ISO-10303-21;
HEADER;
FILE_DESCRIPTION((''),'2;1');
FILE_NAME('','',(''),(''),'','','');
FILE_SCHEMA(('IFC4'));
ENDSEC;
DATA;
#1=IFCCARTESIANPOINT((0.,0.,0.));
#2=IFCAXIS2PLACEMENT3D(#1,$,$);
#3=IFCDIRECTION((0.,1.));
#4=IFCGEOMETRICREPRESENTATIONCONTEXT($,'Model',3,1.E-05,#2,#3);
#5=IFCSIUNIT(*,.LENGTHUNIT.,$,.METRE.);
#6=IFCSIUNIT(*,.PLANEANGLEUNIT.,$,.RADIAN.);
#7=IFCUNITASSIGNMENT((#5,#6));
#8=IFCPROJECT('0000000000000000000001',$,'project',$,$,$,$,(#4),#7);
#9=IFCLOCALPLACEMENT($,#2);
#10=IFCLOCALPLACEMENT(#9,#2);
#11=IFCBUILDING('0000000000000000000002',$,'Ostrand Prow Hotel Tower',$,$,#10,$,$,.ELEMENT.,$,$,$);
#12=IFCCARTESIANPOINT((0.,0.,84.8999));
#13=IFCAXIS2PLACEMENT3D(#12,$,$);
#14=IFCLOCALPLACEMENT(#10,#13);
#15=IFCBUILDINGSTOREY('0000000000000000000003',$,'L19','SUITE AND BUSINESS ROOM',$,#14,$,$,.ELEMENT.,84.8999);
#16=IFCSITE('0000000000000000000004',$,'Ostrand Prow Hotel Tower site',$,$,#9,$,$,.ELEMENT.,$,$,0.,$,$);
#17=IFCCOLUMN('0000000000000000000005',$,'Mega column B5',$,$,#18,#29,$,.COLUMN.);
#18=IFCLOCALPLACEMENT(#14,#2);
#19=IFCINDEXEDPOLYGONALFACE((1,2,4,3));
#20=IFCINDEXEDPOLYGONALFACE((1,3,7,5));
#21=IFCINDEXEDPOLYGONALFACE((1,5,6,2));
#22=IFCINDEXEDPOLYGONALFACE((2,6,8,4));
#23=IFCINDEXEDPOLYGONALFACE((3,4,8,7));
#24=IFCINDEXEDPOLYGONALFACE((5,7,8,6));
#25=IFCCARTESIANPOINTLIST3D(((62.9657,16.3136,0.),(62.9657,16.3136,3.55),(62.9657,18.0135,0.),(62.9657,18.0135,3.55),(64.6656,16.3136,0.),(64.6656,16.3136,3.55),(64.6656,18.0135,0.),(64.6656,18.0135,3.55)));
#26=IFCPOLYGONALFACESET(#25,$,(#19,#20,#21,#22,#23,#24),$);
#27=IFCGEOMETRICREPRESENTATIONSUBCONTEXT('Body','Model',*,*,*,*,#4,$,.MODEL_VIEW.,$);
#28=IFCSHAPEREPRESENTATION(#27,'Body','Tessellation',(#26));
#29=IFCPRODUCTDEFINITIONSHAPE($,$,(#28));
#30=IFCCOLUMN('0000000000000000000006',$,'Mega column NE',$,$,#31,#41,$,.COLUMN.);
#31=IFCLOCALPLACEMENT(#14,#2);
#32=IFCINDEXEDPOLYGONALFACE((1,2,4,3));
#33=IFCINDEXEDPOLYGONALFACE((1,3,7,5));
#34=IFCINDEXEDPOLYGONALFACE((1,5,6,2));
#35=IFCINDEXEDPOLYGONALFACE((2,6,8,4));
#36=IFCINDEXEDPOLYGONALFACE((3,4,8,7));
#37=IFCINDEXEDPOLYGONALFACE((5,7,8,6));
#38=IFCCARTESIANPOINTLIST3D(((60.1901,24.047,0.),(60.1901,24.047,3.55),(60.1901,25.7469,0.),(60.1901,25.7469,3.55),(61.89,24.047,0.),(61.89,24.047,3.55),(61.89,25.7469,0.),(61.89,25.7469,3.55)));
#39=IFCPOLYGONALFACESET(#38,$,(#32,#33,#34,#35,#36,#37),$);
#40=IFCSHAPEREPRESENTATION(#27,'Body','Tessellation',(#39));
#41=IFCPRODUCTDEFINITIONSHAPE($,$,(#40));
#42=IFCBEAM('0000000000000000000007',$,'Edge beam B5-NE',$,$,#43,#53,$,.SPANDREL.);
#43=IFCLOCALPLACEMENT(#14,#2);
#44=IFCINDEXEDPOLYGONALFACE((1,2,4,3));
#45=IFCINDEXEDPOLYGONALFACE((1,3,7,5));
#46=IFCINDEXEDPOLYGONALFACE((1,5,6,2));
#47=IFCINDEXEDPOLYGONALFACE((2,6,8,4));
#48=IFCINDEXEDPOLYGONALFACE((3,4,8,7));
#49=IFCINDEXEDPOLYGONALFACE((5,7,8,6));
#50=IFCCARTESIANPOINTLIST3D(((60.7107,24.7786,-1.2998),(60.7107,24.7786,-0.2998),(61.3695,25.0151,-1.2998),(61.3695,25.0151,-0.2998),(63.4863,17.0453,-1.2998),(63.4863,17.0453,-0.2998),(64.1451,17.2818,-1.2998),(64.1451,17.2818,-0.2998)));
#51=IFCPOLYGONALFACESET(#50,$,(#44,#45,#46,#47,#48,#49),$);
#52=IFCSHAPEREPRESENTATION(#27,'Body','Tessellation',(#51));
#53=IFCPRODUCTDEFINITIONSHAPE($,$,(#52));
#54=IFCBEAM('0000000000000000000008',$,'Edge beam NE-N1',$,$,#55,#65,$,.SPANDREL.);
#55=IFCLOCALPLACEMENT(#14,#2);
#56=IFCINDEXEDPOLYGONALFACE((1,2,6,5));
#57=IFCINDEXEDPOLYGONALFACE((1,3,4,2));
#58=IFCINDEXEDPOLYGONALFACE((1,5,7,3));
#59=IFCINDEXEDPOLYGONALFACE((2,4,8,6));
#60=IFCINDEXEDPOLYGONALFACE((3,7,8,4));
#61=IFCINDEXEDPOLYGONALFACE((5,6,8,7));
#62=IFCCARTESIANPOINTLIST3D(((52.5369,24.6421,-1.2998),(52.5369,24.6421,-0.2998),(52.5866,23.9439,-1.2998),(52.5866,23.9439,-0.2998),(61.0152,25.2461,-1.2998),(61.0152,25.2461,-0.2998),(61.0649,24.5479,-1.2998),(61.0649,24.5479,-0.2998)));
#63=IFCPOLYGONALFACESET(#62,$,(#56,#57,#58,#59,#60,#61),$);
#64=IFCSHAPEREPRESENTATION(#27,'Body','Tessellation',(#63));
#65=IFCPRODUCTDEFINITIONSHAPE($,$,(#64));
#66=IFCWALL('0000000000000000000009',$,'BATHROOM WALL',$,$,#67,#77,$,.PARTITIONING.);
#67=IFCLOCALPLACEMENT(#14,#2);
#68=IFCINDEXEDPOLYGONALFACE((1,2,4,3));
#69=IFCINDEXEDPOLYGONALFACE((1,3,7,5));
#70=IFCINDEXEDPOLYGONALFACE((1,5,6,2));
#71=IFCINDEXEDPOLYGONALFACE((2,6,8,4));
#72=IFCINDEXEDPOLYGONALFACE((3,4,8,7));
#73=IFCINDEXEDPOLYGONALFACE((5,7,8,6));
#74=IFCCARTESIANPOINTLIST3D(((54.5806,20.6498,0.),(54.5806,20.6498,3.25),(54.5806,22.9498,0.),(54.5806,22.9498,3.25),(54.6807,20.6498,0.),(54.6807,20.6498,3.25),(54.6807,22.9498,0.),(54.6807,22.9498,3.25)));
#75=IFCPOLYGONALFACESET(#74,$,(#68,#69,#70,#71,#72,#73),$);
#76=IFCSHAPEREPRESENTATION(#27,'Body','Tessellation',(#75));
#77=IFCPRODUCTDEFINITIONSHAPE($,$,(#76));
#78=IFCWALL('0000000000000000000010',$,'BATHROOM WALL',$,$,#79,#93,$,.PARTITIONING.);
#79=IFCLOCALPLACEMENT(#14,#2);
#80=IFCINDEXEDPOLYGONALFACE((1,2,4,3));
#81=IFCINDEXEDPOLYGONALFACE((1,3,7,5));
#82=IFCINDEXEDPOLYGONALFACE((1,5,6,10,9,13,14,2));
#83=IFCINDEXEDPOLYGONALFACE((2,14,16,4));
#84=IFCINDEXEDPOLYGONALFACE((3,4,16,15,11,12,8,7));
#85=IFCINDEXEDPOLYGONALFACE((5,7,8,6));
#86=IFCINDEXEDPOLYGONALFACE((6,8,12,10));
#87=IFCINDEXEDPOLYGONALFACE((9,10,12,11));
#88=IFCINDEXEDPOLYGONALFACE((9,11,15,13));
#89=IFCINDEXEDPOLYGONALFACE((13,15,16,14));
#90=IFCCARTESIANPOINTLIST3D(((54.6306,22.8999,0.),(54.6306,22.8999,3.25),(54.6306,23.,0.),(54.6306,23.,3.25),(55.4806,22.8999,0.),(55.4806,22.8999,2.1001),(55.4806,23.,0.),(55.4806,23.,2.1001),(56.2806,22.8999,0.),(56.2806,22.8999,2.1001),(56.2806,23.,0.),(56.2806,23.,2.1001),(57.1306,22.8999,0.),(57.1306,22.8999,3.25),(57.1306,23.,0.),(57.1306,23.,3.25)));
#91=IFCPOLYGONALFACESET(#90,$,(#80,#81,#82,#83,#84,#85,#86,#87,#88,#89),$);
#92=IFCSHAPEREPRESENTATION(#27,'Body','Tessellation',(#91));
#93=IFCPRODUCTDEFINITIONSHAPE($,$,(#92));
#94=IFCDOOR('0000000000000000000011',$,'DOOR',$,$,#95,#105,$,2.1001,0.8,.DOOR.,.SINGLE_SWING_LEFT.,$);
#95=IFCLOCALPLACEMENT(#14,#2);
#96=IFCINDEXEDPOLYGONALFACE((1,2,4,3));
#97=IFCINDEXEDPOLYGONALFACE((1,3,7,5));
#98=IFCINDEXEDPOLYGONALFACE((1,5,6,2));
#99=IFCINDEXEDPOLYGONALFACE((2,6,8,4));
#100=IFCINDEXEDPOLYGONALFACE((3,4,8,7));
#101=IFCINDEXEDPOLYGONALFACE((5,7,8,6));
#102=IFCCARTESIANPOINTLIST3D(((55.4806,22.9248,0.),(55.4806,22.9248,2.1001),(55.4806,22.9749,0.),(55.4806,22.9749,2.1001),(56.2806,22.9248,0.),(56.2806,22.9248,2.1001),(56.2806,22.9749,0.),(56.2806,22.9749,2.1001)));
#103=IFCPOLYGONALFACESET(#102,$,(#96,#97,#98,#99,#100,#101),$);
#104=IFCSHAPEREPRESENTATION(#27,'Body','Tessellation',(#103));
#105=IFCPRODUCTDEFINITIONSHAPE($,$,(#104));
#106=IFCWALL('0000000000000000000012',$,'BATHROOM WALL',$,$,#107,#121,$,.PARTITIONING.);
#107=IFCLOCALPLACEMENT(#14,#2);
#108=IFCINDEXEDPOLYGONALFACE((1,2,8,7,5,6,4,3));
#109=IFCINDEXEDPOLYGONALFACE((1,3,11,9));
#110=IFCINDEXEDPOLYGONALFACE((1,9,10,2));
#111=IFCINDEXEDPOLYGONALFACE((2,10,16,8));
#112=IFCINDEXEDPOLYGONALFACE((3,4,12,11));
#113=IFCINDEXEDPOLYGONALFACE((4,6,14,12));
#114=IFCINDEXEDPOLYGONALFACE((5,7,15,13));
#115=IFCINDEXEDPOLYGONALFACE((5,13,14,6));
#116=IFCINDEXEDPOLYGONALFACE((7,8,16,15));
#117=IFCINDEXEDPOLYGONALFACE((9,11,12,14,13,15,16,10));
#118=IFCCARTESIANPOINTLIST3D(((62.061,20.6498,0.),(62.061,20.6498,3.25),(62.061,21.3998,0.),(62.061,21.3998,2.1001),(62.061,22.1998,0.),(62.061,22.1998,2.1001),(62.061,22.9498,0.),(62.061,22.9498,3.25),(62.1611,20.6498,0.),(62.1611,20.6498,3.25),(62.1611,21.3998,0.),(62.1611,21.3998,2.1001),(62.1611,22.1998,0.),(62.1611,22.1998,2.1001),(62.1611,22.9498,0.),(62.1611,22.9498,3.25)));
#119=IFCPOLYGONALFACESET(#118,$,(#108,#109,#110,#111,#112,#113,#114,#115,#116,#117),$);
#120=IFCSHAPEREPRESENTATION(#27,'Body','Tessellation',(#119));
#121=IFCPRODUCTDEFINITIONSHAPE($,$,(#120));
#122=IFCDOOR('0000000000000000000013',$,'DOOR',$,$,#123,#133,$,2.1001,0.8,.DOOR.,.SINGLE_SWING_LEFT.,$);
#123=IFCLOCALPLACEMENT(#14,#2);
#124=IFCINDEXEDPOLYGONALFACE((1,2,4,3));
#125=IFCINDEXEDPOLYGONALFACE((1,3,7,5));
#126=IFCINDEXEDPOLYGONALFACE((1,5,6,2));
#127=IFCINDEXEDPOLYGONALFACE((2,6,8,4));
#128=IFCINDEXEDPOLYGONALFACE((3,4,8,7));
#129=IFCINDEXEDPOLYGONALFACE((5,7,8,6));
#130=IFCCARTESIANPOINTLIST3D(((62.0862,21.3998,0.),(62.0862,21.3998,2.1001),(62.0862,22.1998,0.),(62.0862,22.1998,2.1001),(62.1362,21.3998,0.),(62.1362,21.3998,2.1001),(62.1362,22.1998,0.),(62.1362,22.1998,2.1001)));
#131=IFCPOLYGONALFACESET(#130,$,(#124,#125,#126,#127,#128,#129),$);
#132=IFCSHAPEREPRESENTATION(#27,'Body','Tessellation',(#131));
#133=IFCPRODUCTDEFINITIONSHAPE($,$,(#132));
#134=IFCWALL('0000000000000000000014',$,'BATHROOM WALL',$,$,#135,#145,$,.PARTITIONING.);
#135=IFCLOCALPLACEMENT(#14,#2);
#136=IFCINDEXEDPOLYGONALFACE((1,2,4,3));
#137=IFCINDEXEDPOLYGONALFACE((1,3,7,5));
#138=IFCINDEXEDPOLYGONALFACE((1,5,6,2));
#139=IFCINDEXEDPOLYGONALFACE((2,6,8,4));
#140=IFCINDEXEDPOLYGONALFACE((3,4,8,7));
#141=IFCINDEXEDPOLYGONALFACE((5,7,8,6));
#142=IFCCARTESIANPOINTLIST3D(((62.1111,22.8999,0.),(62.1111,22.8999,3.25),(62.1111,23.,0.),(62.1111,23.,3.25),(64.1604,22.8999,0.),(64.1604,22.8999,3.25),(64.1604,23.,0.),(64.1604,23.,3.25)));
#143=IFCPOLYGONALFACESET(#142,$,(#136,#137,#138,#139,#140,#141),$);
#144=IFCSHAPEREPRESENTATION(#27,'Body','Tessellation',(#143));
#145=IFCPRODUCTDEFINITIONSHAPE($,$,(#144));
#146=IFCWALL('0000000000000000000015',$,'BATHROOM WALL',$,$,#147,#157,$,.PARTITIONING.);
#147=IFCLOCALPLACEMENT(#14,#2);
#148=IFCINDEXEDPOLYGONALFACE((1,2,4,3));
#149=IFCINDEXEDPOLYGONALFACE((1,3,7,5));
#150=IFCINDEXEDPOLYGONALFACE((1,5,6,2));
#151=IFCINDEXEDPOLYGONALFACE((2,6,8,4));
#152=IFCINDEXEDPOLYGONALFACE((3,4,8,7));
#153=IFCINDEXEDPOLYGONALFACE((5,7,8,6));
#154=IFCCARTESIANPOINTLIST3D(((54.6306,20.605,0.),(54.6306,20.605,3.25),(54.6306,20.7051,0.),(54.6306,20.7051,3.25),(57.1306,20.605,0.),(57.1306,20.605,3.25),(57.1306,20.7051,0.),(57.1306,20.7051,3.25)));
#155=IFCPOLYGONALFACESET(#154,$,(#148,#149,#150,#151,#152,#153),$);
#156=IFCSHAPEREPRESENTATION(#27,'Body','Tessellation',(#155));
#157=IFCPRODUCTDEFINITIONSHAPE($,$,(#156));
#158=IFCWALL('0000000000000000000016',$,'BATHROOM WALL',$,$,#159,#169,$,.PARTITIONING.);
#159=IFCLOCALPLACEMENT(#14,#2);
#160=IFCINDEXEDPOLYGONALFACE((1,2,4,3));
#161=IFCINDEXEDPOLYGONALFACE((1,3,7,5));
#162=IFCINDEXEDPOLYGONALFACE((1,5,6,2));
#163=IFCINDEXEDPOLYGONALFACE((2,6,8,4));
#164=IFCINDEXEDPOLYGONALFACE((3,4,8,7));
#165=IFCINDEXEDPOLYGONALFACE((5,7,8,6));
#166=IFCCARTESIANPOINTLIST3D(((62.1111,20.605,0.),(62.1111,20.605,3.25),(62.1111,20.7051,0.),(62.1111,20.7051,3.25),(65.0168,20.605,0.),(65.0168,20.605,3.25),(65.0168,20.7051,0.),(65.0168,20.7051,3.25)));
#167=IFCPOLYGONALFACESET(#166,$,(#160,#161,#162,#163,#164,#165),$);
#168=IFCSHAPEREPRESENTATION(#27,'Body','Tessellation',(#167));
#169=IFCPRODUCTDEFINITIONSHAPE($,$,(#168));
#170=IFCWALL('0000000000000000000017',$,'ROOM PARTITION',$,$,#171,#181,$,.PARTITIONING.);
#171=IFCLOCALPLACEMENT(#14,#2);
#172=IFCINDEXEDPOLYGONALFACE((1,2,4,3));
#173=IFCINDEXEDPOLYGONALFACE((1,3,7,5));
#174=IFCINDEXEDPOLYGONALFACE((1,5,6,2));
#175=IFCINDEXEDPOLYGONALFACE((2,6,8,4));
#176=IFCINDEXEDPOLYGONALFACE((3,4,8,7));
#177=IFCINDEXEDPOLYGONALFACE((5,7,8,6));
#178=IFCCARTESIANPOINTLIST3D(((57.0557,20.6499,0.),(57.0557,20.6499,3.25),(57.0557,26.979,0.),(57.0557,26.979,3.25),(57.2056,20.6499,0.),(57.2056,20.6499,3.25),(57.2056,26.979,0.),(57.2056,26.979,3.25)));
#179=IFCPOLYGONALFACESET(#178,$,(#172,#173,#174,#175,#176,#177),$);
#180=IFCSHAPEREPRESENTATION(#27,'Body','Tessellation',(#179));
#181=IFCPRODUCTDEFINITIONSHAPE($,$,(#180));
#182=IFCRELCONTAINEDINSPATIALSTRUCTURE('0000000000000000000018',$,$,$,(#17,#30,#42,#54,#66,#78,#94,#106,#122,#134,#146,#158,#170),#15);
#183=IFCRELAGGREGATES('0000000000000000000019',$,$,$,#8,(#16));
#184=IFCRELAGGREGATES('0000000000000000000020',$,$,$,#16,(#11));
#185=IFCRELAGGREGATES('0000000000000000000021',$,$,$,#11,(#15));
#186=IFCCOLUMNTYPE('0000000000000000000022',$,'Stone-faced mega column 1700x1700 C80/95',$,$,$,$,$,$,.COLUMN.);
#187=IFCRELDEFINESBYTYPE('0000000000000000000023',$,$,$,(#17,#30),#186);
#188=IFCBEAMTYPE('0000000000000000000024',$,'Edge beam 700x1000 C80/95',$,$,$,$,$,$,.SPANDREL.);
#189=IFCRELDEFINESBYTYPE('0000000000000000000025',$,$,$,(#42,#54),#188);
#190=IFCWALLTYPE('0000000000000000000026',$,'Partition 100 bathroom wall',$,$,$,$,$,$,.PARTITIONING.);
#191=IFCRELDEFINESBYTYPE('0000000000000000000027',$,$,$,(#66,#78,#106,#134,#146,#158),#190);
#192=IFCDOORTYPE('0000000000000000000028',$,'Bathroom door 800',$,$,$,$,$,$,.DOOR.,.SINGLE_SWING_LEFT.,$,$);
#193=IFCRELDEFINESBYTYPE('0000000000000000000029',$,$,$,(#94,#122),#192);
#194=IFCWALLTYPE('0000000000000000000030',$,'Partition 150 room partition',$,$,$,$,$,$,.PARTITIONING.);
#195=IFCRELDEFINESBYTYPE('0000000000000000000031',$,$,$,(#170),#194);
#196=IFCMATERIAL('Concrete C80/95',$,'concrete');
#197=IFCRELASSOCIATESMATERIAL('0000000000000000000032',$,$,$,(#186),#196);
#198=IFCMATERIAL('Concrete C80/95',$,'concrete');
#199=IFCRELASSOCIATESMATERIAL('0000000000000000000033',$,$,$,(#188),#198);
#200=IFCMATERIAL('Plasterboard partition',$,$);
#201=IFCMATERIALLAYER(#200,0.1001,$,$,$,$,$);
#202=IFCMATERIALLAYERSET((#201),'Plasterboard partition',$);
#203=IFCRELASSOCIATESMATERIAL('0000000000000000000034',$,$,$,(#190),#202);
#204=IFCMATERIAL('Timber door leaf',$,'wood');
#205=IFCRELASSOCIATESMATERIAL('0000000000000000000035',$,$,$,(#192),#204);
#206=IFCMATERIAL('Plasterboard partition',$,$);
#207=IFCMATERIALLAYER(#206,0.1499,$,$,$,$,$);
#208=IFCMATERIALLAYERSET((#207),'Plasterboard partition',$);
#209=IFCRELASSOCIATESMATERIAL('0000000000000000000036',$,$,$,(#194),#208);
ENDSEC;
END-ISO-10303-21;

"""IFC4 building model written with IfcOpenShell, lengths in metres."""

from ifc_helpers import new_model, si_unit, direction, frame, frame_2d, origin, origin_2d, place, context, subcontext, project, spatial, rectangle, extrude, material, layer, layer_set, material_profile, profile_set, type_object, element, fill, save


model = new_model("IFC4")

# Units and contexts
model_context = context("Model", 3, precision=1e-05, world=origin(), true_north=direction((0.0, 1.0)))
body_context = subcontext(model_context, "Body", "Model", "MODEL_VIEW")
ifc_project = project(units=[si_unit("LENGTHUNIT", "METRE"), si_unit("PLANEANGLEUNIT", "RADIAN")], contexts=[model_context])

# Site, building, storey
site_placement = place(None, origin())
site = spatial("IfcSite", under=ifc_project, at=site_placement, Name="Ostrand Prow Hotel Tower site", CompositionType="ELEMENT", RefElevation=0.0)
building_placement = place(site_placement, origin())
building = spatial("IfcBuilding", under=site, at=building_placement, Name="Ostrand Prow Hotel Tower", CompositionType="ELEMENT")
storey_placement = place(building_placement, frame((0.0, 0.0, 84.8999)))
storey = spatial("IfcBuildingStorey", under=building, at=storey_placement, Name="L19", Description="SUITE AND BUSINESS ROOM", CompositionType="ELEMENT", Elevation=84.8999)

# Columns
ifc_material_1 = material(Name="Concrete C80/95", Category="concrete")
ifc_material_profile_1 = material_profile(ifc_material_1, rectangle(XDim=1.7, YDim=1.7, at=origin_2d()), Name="RC 1700x1700")
ifc_profile_set_1 = profile_set([ifc_material_profile_1], Name="Concrete C80/95")
column_type = type_object("IfcColumnType", Name="Stone-faced mega column 1700x1700 C80/95", PredefinedType="COLUMN", material=ifc_profile_set_1)
for number, where, z_axis, x_axis, name in (
    (1, (63.8157, 17.1636, 0.0), (0.0, 0.0, 1.0), (1.0, 0.0, 0.0), "Mega column B5"),
    (2, (61.04, 24.897, 0.0), (0.0, 0.0, 1.0), (1.0, 0.0, 0.0), "Mega column NE"),
):
    element("IfcColumn", number, at=place(storey_placement, frame(where, z_axis=z_axis, x_axis=x_axis)), inside=storey, type_object=column_type, Name=name, PredefinedType="COLUMN", context=body_context, shape_type="SweptSolid", body=[
        extrude(rectangle(XDim=1.7, YDim=1.7, at=origin_2d()), origin(), (0.0, 0.0, 1.0), 3.55),
    ])

# Beams
ifc_material_2 = material(Name="Concrete C80/95", Category="concrete")
ifc_material_profile_2 = material_profile(ifc_material_2, rectangle(XDim=0.7, YDim=1.0, at=origin_2d()), Name="RC 700x1000")
ifc_profile_set_2 = profile_set([ifc_material_profile_2], Name="Concrete C80/95")
beam_type = type_object("IfcBeamType", Name="Edge beam 700x1000 C80/95", PredefinedType="SPANDREL", material=ifc_profile_set_2)
beam_1_placement = place(storey_placement, frame((63.8157, 17.1636, -0.7998), z_axis=(-0.337815, 0.941212, 0.0), x_axis=(-0.941212, -0.337815, 0.0)))
element("IfcBeam", 3, at=beam_1_placement, inside=storey, type_object=beam_type, Name="Edge beam B5-NE", PredefinedType="SPANDREL", context=body_context, shape_type="SweptSolid", body=[
    extrude(rectangle(XDim=0.7, YDim=1.0, at=origin_2d()), origin(), (0.0, 0.0, 1.0), 8.2163),
])
beam_2_placement = place(storey_placement, frame((61.04, 24.897, -0.7998), z_axis=(-0.997472, -0.071061, 0.0), x_axis=(0.071061, -0.997472, 0.0)))
element("IfcBeam", 4, at=beam_2_placement, inside=storey, type_object=beam_type, Name="Edge beam NE-N1", PredefinedType="SPANDREL", context=body_context, shape_type="SweptSolid", body=[
    extrude(rectangle(XDim=0.7, YDim=1.0, at=origin_2d()), origin(), (0.0, 0.0, 1.0), 8.4998),
])

# Wall
ifc_material_3 = material(Name="Plasterboard partition")
ifc_layer_1 = layer(ifc_material_3, 0.1001)
ifc_layer_set_1 = layer_set([ifc_layer_1], Name="Plasterboard partition")
wall_type_1 = type_object("IfcWallType", Name="Partition 100 bathroom wall", PredefinedType="PARTITIONING", material=ifc_layer_set_1)
wall_1_placement = place(storey_placement, frame((54.6306, 20.6499, 0.0), z_axis=(0.0, 0.0, 1.0), x_axis=(0.0, 1.0, 0.0)))
element("IfcWall", 5, at=wall_1_placement, inside=storey, type_object=wall_type_1, Name="BATHROOM WALL", PredefinedType="PARTITIONING", context=body_context, shape_type="SweptSolid", body=[
    extrude(rectangle(XDim=2.3, YDim=0.1001, at=frame_2d((1.1499, 0.0))), origin(), (0.0, 0.0, 1.0), 3.25),
])

# Walls, openings, doors
wall_2_placement = place(storey_placement, frame((54.6306, 22.95, 0.0), z_axis=(0.0, 0.0, 1.0), x_axis=(1.0, 0.0, 0.0)))
wall_2 = element("IfcWall", 6, at=wall_2_placement, inside=storey, type_object=wall_type_1, Name="BATHROOM WALL", PredefinedType="PARTITIONING", context=body_context, shape_type="SweptSolid", body=[
    extrude(rectangle(XDim=2.5, YDim=0.1001, at=frame_2d((1.25, 0.0))), origin(), (0.0, 0.0, 1.0), 3.25),
])
opening_1_placement = place(wall_2_placement, frame((0.8501, 0.0, 0.0)))
opening_1 = element("IfcOpeningElement", 7, at=opening_1_placement, cuts=wall_2, PredefinedType="OPENING", context=body_context, shape_type="SweptSolid", body=[
    extrude(rectangle(XDim=0.8, YDim=2.1001, at=frame_2d((0.3999, 1.05))), frame((0.0, 0.0601, 0.0), z_axis=(0.0, -1.0, 0.0), x_axis=(1.0, 0.0, 0.0)), (0.0, 0.0, 1.0), 0.1201),
])
ifc_material_4 = material(Name="Timber door leaf", Category="wood")
door_type_1 = type_object("IfcDoorType", Name="Bathroom door 800", OperationType="SINGLE_SWING_LEFT", PredefinedType="DOOR", material=ifc_material_4)
door_1_placement = place(opening_1_placement, origin())
door_1 = element("IfcDoor", 8, at=door_1_placement, inside=storey, type_object=door_type_1, Name="DOOR", OperationType="SINGLE_SWING_LEFT", OverallHeight=2.1001, OverallWidth=0.8, PredefinedType="DOOR", context=body_context, shape_type="SweptSolid", body=[
    extrude(rectangle(XDim=0.8, YDim=2.1001, at=frame_2d((0.3999, 1.05))), frame((0.0, 0.0249, 0.0), z_axis=(0.0, -1.0, 0.0), x_axis=(1.0, 0.0, 0.0)), (0.0, 0.0, 1.0), 0.05),
])
fill(opening_1, door_1)
wall_3_placement = place(storey_placement, frame((62.1111, 20.6499, 0.0), z_axis=(0.0, 0.0, 1.0), x_axis=(0.0, 1.0, 0.0)))
wall_3 = element("IfcWall", 9, at=wall_3_placement, inside=storey, type_object=wall_type_1, Name="BATHROOM WALL", PredefinedType="PARTITIONING", context=body_context, shape_type="SweptSolid", body=[
    extrude(rectangle(XDim=2.3, YDim=0.1001, at=frame_2d((1.1499, 0.0))), origin(), (0.0, 0.0, 1.0), 3.25),
])
opening_2_placement = place(wall_3_placement, frame((0.75, 0.0, 0.0)))
opening_2 = element("IfcOpeningElement", 10, at=opening_2_placement, cuts=wall_3, PredefinedType="OPENING", context=body_context, shape_type="SweptSolid", body=[
    extrude(rectangle(XDim=0.8, YDim=2.1001, at=frame_2d((0.3999, 1.05))), frame((0.0, 0.0601, 0.0), z_axis=(0.0, -1.0, 0.0), x_axis=(1.0, 0.0, 0.0)), (0.0, 0.0, 1.0), 0.1201),
])
door_2_placement = place(opening_2_placement, origin())
door_2 = element("IfcDoor", 11, at=door_2_placement, inside=storey, type_object=door_type_1, Name="DOOR", OperationType="SINGLE_SWING_LEFT", OverallHeight=2.1001, OverallWidth=0.8, PredefinedType="DOOR", context=body_context, shape_type="SweptSolid", body=[
    extrude(rectangle(XDim=0.8, YDim=2.1001, at=frame_2d((0.3999, 1.05))), frame((0.0, 0.0249, 0.0), z_axis=(0.0, -1.0, 0.0), x_axis=(1.0, 0.0, 0.0)), (0.0, 0.0, 1.0), 0.05),
])
fill(opening_2, door_2)

# Walls
wall_4_placement = place(storey_placement, frame((62.1111, 22.95, 0.0), z_axis=(0.0, 0.0, 1.0), x_axis=(1.0, 0.0, 0.0)))
element("IfcWall", 12, at=wall_4_placement, inside=storey, type_object=wall_type_1, Name="BATHROOM WALL", PredefinedType="PARTITIONING", context=body_context, shape_type="SweptSolid", body=[
    extrude(rectangle(XDim=2.0493, YDim=0.1001, at=frame_2d((1.0247, 0.0))), origin(), (0.0, 0.0, 1.0), 3.25),
])
wall_5_placement = place(storey_placement, frame((57.1306, 20.655, 0.0), z_axis=(0.0, 0.0, 1.0), x_axis=(-1.0, 0.0, 0.0)))
element("IfcWall", 13, at=wall_5_placement, inside=storey, type_object=wall_type_1, Name="BATHROOM WALL", PredefinedType="PARTITIONING", context=body_context, shape_type="SweptSolid", body=[
    extrude(rectangle(XDim=2.5, YDim=0.1001, at=frame_2d((1.25, 0.0))), origin(), (0.0, 0.0, 1.0), 3.25),
])
wall_6_placement = place(storey_placement, frame((65.0168, 20.655, 0.0), z_axis=(0.0, 0.0, 1.0), x_axis=(-1.0, 0.0, 0.0)))
element("IfcWall", 14, at=wall_6_placement, inside=storey, type_object=wall_type_1, Name="BATHROOM WALL", PredefinedType="PARTITIONING", context=body_context, shape_type="SweptSolid", body=[
    extrude(rectangle(XDim=2.9058, YDim=0.1001, at=frame_2d((1.4529, 0.0))), origin(), (0.0, 0.0, 1.0), 3.25),
])
ifc_material_5 = material(Name="Plasterboard partition")
ifc_layer_2 = layer(ifc_material_5, 0.1499)
ifc_layer_set_2 = layer_set([ifc_layer_2], Name="Plasterboard partition")
wall_type_2 = type_object("IfcWallType", Name="Partition 150 room partition", PredefinedType="PARTITIONING", material=ifc_layer_set_2)
wall_7_placement = place(storey_placement, frame((57.1306, 20.6499, 0.0), z_axis=(0.0, 0.0, 1.0), x_axis=(0.0, 1.0, 0.0)))
element("IfcWall", 15, at=wall_7_placement, inside=storey, type_object=wall_type_2, Name="ROOM PARTITION", PredefinedType="PARTITIONING", context=body_context, shape_type="SweptSolid", body=[
    extrude(rectangle(XDim=6.3291, YDim=0.1499, at=frame_2d((3.1646, 0.0))), origin(), (0.0, 0.0, 1.0), 3.25),
])

save(model, "model.ifc")
